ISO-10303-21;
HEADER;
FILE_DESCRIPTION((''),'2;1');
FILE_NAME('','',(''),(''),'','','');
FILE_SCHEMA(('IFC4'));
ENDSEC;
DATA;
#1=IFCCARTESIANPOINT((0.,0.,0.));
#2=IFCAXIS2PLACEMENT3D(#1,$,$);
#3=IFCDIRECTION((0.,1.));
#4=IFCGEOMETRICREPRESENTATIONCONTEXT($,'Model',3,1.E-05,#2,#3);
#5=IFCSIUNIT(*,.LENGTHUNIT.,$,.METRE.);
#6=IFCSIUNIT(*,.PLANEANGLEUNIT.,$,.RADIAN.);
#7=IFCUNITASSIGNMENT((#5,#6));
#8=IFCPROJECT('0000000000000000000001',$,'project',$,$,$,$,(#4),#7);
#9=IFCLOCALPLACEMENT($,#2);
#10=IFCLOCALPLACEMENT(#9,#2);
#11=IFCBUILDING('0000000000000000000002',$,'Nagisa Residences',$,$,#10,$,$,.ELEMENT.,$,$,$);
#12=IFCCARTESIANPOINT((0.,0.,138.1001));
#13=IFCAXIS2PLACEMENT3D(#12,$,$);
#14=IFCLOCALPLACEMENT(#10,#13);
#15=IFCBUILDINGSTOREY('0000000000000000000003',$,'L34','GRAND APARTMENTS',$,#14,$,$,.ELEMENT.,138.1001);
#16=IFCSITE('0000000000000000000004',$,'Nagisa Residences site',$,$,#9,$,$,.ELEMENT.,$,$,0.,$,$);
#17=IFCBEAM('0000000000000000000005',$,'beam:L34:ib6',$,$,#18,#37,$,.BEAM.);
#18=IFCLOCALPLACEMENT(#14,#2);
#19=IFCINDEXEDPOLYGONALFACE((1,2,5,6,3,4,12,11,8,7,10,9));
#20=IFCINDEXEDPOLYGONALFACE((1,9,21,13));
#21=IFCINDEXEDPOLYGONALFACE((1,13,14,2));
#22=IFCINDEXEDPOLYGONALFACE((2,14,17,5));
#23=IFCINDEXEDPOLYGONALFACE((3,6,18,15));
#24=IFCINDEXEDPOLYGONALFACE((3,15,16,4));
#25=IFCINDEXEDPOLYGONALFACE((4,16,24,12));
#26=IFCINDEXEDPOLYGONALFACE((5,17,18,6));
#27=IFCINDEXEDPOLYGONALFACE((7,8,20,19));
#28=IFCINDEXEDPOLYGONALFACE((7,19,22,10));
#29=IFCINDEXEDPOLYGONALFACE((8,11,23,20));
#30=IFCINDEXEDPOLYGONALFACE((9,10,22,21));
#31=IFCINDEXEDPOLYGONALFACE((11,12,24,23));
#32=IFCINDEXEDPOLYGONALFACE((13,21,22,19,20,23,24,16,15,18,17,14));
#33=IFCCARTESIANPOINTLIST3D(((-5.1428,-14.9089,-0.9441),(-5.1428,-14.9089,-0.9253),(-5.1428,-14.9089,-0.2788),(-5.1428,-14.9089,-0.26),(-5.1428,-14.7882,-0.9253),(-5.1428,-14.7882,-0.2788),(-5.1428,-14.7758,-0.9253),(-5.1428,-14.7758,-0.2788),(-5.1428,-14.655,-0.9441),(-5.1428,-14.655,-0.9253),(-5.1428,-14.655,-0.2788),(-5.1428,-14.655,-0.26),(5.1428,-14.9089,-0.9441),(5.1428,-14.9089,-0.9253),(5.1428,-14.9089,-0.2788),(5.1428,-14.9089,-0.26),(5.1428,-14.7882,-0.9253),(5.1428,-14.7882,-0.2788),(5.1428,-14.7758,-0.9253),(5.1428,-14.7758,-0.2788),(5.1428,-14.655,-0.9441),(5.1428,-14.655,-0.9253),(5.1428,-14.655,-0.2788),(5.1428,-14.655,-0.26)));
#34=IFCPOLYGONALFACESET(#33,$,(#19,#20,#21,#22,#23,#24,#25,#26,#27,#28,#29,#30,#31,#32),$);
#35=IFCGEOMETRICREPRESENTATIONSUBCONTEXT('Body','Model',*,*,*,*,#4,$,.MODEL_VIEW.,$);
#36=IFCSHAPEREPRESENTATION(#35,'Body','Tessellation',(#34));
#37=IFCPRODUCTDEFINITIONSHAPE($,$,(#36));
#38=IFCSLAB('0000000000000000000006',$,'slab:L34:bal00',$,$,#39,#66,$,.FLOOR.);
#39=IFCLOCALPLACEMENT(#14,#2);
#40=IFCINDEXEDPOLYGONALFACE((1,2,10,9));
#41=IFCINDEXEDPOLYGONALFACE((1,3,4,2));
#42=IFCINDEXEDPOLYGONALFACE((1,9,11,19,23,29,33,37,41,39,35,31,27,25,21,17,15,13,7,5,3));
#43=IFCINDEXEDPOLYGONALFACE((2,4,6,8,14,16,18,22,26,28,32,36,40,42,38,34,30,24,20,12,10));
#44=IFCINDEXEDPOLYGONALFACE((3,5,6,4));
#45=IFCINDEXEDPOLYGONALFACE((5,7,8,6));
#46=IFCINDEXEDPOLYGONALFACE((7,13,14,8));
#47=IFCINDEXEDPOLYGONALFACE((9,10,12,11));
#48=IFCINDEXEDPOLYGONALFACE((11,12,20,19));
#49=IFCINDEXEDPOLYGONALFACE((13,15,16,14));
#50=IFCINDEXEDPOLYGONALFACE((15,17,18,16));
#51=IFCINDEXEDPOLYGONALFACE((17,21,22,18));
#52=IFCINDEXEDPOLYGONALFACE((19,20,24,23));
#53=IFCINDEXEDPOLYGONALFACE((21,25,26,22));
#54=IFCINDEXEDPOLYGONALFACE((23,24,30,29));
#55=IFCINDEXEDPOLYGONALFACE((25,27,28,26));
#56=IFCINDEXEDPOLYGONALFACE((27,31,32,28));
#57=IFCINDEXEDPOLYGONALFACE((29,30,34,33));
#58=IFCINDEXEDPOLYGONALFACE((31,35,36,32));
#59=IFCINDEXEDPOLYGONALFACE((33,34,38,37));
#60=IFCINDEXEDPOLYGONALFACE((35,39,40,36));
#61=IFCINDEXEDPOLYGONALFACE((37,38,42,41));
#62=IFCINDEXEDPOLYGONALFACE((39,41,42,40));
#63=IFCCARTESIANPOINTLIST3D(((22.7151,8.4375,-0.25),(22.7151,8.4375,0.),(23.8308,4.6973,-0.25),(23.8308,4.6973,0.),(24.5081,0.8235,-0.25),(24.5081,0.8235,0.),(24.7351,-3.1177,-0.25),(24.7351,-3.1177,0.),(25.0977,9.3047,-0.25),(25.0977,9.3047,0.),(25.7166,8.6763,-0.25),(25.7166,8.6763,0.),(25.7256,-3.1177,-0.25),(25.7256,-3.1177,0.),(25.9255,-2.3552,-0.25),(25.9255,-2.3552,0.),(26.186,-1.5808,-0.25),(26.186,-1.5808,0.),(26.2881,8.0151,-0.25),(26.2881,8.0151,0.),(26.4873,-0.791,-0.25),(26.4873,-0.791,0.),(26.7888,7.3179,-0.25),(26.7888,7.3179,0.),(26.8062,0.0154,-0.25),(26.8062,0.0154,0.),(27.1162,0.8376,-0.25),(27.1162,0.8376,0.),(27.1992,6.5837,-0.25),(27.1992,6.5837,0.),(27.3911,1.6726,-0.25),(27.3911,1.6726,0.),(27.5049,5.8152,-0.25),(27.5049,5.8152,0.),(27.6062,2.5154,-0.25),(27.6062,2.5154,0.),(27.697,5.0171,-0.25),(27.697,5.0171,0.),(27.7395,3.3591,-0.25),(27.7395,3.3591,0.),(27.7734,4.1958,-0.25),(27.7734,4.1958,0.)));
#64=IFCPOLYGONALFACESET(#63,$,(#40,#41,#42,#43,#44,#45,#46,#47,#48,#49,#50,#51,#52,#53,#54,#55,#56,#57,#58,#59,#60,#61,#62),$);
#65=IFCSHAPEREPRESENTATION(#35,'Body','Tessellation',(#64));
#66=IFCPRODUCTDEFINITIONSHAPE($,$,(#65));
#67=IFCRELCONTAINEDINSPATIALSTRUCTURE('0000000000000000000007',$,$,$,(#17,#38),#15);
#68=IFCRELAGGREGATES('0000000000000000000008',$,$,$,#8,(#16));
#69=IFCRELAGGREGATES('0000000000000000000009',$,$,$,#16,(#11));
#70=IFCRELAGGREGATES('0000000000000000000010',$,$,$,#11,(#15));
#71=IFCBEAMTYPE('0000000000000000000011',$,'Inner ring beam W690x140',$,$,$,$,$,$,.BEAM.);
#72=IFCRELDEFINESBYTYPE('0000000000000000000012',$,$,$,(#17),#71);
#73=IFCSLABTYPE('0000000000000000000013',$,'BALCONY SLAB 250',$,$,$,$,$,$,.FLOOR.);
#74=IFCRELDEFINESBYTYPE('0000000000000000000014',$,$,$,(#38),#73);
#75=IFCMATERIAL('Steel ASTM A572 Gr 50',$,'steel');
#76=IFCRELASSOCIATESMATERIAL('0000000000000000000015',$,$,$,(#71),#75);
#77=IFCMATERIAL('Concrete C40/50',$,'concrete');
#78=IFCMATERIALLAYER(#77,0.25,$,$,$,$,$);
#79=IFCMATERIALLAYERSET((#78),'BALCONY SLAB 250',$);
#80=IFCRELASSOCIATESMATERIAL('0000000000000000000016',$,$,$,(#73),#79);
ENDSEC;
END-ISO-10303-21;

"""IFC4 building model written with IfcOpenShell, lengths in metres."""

from ifc_helpers import new_model, si_unit, direction, frame, origin, origin_2d, place, context, subcontext, project, spatial, polyline, i_section, outline, extrude, material, layer, layer_set, material_profile, profile_set, type_object, element, save


model = new_model("IFC4")

# Units and contexts
model_context = context("Model", 3, precision=1e-05, world=origin(), true_north=direction((0.0, 1.0)))
body_context = subcontext(model_context, "Body", "Model", "MODEL_VIEW")
ifc_project = project(units=[si_unit("LENGTHUNIT", "METRE"), si_unit("PLANEANGLEUNIT", "RADIAN")], contexts=[model_context])

# Site, building, storey
site_placement = place(None, origin())
site = spatial("IfcSite", under=ifc_project, at=site_placement, Name="Nagisa Residences site", CompositionType="ELEMENT", RefElevation=0.0)
building_placement = place(site_placement, origin())
building = spatial("IfcBuilding", under=site, at=building_placement, Name="Nagisa Residences", CompositionType="ELEMENT")
storey_placement = place(building_placement, frame((0.0, 0.0, 138.1001)))
storey = spatial("IfcBuildingStorey", under=building, at=storey_placement, Name="L34", Description="GRAND APARTMENTS", CompositionType="ELEMENT", Elevation=138.1001)

# Beam
ifc_material_1 = material(Name="Steel ASTM A572 Gr 50", Category="steel")
ifc_material_profile = material_profile(ifc_material_1, i_section(OverallWidth=0.2539, OverallDepth=0.6841, WebThickness=0.0125, FlangeThickness=0.0188, at=origin_2d()), Name="W690x140")
ifc_profile_set = profile_set([ifc_material_profile], Name="Steel ASTM A572 Gr 50")
beam_type = type_object("IfcBeamType", Name="Inner ring beam W690x140", PredefinedType="BEAM", material=ifc_profile_set)
beam_placement = place(storey_placement, frame((-5.1428, -14.782, -0.6021), z_axis=(1.0, 0.0, 0.0), x_axis=(0.0, 1.0, 0.0)))
element("IfcBeam", 1, at=beam_placement, inside=storey, type_object=beam_type, Name="beam:L34:ib6", PredefinedType="BEAM", context=body_context, shape_type="SweptSolid", body=[
    extrude(i_section(OverallWidth=0.2539, OverallDepth=0.6841, WebThickness=0.0125, FlangeThickness=0.0188, at=origin_2d()), origin(), (0.0, 0.0, 1.0), 10.2856),
])

# Slab
ifc_material_2 = material(Name="Concrete C40/50", Category="concrete")
ifc_layer_1 = layer(ifc_material_2, 0.25)
ifc_layer_set_1 = layer_set([ifc_layer_1], Name="BALCONY SLAB 250")
slab_type_1 = type_object("IfcSlabType", Name="BALCONY SLAB 250", PredefinedType="FLOOR", material=ifc_layer_set_1)
slab_1_placement = place(storey_placement, frame((0.0, 0.0, -0.25)))
element("IfcSlab", 2, at=slab_1_placement, inside=storey, type_object=slab_type_1, Name="slab:L34:bal00", PredefinedType="FLOOR", context=body_context, shape_type="SweptSolid", body=[
    extrude(outline(polyline([(25.7256, -3.1177), (25.9255, -2.3552), (26.186, -1.5808), (26.4873, -0.791), (26.8062, 0.0154), (27.1162, 0.8376), (27.3911, 1.6726), (27.6062, 2.5154), (27.7395, 3.3591), (27.7734, 4.1958), (27.697, 5.0171), (27.5049, 5.8152), (27.1992, 6.5837), (26.7888, 7.3179), (26.2881, 8.0151), (25.7166, 8.6763), (25.0977, 9.3047), (22.7151, 8.4375), (23.8308, 4.6973), (24.5081, 0.8235), (24.7351, -3.1177), (25.7256, -3.1177)])), origin(), (0.0, 0.0, 1.0), 0.25),
])

save(model, "model.ifc")
